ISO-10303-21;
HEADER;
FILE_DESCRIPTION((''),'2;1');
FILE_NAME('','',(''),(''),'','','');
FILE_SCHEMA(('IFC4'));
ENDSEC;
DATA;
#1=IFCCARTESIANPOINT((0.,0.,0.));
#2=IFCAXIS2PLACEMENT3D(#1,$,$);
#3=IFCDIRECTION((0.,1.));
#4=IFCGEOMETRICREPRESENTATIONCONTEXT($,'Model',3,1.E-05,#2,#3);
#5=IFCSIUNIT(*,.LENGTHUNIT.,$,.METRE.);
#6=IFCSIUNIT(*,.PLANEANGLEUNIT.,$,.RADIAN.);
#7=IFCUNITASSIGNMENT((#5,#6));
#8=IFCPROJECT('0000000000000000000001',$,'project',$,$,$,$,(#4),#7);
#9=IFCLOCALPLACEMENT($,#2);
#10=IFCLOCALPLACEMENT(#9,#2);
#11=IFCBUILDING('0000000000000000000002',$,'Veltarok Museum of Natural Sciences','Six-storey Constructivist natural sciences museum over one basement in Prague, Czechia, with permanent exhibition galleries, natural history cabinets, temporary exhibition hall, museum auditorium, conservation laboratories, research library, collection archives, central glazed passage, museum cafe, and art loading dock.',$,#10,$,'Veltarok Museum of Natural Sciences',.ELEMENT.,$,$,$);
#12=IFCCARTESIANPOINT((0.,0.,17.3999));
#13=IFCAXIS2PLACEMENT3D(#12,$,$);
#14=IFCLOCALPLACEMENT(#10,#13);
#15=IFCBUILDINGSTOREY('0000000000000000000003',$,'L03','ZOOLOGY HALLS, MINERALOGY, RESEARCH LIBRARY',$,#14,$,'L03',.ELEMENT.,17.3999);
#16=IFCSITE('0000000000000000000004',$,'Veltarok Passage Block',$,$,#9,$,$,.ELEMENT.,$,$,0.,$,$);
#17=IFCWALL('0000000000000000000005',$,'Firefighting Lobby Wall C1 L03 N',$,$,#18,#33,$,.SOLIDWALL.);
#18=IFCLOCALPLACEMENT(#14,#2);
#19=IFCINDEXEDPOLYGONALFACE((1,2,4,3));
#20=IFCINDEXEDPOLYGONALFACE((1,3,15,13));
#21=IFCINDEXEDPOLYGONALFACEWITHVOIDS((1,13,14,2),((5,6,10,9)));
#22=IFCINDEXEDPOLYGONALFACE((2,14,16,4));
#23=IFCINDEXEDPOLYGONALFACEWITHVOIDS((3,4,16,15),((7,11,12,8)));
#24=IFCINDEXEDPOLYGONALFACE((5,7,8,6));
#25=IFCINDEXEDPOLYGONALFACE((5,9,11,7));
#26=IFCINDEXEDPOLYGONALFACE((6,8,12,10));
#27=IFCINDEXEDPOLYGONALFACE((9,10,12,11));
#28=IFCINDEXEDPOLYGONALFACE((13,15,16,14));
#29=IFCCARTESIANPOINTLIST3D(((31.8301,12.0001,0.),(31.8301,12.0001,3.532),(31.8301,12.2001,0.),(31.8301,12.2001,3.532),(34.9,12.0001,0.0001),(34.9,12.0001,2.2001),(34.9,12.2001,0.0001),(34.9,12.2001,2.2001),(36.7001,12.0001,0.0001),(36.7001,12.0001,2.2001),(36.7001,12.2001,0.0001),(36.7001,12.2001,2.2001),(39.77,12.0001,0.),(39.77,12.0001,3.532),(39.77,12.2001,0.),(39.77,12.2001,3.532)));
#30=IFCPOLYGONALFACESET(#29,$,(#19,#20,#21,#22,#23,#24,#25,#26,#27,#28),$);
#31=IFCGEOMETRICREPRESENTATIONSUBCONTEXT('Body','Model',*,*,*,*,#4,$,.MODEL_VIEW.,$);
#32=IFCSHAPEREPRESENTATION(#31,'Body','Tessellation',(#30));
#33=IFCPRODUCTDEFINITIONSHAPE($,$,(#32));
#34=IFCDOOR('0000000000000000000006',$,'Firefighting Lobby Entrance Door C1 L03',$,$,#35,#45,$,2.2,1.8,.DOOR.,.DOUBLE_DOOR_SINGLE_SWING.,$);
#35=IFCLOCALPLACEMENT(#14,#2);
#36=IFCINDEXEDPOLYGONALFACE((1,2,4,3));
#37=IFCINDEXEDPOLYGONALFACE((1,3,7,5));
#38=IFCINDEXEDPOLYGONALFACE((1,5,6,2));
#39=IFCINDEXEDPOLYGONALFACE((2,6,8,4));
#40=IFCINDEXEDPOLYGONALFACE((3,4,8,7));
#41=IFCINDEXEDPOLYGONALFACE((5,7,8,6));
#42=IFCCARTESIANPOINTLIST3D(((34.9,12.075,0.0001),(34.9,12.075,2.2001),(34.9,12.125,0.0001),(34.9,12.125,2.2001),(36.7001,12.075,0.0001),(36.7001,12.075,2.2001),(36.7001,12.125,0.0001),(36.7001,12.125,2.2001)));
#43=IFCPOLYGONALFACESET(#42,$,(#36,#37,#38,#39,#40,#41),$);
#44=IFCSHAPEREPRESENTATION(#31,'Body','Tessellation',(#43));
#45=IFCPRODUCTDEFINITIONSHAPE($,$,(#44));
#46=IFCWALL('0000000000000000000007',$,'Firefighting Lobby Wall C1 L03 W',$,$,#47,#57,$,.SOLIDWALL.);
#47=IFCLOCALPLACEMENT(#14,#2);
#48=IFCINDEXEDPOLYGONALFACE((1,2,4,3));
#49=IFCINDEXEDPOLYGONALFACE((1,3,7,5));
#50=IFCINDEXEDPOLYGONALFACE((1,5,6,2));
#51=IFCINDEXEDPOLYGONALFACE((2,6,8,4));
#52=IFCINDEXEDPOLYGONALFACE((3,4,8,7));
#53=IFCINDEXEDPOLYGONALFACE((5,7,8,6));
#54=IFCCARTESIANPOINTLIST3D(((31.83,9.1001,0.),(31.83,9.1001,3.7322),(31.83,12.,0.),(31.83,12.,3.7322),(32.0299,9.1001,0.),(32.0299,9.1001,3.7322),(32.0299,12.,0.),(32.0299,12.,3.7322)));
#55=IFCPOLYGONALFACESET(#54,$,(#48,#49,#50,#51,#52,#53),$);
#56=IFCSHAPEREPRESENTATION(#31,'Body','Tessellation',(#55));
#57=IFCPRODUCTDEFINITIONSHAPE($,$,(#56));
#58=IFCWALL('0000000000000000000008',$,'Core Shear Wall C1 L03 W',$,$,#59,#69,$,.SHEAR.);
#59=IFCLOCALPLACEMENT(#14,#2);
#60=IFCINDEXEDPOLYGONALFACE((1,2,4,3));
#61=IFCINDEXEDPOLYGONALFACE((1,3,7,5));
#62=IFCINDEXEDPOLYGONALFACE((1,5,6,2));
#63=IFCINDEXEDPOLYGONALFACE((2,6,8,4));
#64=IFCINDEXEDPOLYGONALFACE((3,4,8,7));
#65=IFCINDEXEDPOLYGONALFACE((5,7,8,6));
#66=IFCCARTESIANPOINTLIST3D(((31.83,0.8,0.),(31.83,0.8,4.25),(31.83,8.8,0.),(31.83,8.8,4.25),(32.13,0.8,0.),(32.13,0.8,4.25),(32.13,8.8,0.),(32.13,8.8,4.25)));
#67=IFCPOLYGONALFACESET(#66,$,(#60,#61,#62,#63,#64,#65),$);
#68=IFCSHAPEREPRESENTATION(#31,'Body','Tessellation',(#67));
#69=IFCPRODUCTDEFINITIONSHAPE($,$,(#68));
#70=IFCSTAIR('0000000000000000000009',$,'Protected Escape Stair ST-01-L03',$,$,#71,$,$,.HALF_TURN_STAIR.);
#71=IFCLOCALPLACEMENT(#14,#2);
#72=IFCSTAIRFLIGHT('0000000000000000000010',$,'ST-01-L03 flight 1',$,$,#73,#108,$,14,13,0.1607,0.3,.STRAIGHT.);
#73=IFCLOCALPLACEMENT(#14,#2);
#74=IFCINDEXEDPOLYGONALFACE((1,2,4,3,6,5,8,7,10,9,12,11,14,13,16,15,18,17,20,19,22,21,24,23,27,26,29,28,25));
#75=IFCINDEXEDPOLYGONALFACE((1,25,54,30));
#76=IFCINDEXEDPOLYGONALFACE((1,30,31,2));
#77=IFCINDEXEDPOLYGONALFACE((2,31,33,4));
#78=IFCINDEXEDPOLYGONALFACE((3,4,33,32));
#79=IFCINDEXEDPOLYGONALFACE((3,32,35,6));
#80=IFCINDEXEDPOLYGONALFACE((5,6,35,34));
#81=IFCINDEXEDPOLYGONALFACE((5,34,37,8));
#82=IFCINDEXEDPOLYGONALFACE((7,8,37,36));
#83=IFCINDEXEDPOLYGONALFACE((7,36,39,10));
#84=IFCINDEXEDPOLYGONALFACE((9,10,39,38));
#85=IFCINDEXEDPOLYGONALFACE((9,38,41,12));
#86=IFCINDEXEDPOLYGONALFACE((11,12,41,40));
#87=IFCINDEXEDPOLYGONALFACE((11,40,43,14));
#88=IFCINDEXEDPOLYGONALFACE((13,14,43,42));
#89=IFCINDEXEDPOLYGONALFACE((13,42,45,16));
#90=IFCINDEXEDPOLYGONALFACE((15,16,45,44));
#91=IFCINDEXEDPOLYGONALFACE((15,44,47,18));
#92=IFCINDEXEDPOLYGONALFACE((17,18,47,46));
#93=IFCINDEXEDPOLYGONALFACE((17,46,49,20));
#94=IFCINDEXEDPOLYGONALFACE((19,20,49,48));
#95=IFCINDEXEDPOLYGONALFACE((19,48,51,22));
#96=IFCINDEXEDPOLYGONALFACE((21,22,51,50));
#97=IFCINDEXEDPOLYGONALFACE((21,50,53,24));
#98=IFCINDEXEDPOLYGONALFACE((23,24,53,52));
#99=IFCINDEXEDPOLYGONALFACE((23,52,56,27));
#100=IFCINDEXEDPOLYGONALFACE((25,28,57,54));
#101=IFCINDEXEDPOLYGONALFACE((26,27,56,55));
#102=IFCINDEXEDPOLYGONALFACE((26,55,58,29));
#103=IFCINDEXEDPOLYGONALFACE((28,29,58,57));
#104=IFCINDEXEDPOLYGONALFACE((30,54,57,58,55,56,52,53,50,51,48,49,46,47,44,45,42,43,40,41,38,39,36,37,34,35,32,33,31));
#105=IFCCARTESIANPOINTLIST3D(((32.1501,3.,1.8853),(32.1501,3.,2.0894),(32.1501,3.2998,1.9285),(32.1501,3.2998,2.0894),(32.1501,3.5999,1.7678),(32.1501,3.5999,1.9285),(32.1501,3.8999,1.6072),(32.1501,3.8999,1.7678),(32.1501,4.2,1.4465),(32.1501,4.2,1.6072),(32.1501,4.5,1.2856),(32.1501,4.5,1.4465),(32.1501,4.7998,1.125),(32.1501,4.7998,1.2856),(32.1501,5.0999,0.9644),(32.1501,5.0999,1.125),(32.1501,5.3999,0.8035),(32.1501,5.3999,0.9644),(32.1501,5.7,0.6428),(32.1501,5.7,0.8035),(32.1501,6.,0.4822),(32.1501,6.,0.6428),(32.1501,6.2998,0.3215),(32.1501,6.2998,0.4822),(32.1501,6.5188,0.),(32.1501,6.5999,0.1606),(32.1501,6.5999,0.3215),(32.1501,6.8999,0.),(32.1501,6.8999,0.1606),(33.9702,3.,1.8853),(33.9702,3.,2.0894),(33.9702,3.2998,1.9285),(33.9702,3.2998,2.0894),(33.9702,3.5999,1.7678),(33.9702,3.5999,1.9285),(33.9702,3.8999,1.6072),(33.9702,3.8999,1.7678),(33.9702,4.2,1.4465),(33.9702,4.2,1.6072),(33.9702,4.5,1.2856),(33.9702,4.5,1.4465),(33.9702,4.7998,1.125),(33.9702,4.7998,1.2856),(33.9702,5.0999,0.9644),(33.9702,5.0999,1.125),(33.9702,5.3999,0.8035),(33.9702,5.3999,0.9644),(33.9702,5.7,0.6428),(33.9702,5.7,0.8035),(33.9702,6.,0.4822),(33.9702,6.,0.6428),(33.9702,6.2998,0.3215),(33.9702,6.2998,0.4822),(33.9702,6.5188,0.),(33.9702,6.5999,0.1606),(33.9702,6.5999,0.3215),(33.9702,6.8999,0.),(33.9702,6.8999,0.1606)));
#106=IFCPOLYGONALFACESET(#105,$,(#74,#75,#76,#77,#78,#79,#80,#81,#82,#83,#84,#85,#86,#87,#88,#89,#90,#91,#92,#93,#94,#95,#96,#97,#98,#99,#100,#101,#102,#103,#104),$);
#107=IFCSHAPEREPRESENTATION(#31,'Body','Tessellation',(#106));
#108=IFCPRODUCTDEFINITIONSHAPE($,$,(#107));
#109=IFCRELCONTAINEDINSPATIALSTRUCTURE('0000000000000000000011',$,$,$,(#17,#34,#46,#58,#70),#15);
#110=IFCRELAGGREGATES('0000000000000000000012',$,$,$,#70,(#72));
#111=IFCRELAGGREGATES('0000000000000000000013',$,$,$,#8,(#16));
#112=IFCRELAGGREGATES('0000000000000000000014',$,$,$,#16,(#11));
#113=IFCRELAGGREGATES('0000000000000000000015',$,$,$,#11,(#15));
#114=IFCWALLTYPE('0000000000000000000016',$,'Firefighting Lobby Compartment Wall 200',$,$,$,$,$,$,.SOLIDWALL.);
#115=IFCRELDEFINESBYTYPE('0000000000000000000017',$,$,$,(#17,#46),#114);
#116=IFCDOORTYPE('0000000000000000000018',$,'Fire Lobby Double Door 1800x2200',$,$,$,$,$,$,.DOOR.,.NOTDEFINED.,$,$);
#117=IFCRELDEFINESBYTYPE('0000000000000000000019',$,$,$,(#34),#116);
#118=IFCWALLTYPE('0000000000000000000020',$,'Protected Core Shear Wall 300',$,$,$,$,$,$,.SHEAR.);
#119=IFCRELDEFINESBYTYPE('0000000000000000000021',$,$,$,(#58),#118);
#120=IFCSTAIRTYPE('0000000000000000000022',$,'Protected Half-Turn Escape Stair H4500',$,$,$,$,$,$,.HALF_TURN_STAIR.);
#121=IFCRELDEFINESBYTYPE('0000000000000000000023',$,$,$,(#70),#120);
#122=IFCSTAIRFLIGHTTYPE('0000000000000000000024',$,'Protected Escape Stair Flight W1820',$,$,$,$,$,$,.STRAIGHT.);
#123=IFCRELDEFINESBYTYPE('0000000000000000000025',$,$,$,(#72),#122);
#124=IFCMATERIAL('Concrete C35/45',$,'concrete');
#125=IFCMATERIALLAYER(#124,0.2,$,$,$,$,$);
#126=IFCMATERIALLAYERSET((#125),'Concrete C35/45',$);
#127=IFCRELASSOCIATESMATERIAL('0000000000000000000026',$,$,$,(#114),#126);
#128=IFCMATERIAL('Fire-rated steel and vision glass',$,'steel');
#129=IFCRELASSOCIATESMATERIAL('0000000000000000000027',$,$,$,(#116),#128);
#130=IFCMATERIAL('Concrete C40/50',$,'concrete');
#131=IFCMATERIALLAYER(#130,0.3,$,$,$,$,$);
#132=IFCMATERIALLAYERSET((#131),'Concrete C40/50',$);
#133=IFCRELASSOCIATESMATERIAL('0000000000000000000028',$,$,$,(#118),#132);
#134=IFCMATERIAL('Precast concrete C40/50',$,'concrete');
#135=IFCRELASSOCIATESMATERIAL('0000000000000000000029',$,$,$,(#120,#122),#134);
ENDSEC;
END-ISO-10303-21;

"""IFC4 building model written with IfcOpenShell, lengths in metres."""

from ifc_helpers import new_model, si_unit, direction, frame, frame_2d, origin, place, context, subcontext, project, spatial, polyline, rectangle, outline, extrude, material, layer, layer_set, type_object, element, fill, aggregate, save


model = new_model("IFC4")

# Units and contexts
model_context = context("Model", 3, precision=1e-05, world=origin(), true_north=direction((0.0, 1.0)))
body_context = subcontext(model_context, "Body", "Model", "MODEL_VIEW")
ifc_project = project(units=[si_unit("LENGTHUNIT", "METRE"), si_unit("PLANEANGLEUNIT", "RADIAN")], contexts=[model_context])

# Site, building, storey
site_placement = place(None, origin())
site = spatial("IfcSite", under=ifc_project, at=site_placement, Name="Veltarok Passage Block", CompositionType="ELEMENT", RefElevation=0.0)
building_placement = place(site_placement, origin())
building = spatial("IfcBuilding", under=site, at=building_placement, Name="Veltarok Museum of Natural Sciences", Description="Six-storey Constructivist natural sciences museum over one basement in Prague, Czechia, with permanent exhibition galleries, natural history cabinets, temporary exhibition hall, museum auditorium, conservation laboratories, research library, collection archives, central glazed passage, museum cafe, and art loading dock.", LongName="Veltarok Museum of Natural Sciences", CompositionType="ELEMENT")
storey_placement = place(building_placement, frame((0.0, 0.0, 17.3999)))
storey = spatial("IfcBuildingStorey", under=building, at=storey_placement, Name="L03", Description="ZOOLOGY HALLS, MINERALOGY, RESEARCH LIBRARY", LongName="L03", CompositionType="ELEMENT", Elevation=17.3999)

# Wall, opening, door
ifc_material_1 = material(Name="Concrete C35/45", Category="concrete")
ifc_layer_1 = layer(ifc_material_1, 0.2)
ifc_layer_set_1 = layer_set([ifc_layer_1], Name="Concrete C35/45")
wall_type_1 = type_object("IfcWallType", Name="Firefighting Lobby Compartment Wall 200", PredefinedType="SOLIDWALL", material=ifc_layer_set_1)
wall_1_placement = place(storey_placement, frame((31.8301, 12.1001, 0.0), z_axis=(0.0, 0.0, 1.0), x_axis=(1.0, 0.0, 0.0)))
wall_1 = element("IfcWall", 1, at=wall_1_placement, inside=storey, type_object=wall_type_1, Name="Firefighting Lobby Wall C1 L03 N", PredefinedType="SOLIDWALL", context=body_context, shape_type="SweptSolid", body=[
    extrude(rectangle(XDim=7.9399, YDim=0.2, at=frame_2d((3.97, 0.0))), origin(), (0.0, 0.0, 1.0), 3.532),
])
opening_1_placement = place(wall_1_placement, frame((3.0701, 0.0, 0.0)))
opening_1 = element("IfcOpeningElement", 2, at=opening_1_placement, cuts=wall_1, PredefinedType="OPENING", context=body_context, shape_type="SweptSolid", body=[
    extrude(rectangle(XDim=1.8, YDim=2.2, at=frame_2d((0.8999, 1.1001))), frame((0.0, 0.1099, 0.0), z_axis=(0.0, -1.0, 0.0), x_axis=(1.0, 0.0, 0.0)), (0.0, 0.0, 1.0), 0.22),
])
ifc_material_2 = material(Name="Fire-rated steel and vision glass", Category="steel")
door_type_1 = type_object("IfcDoorType", Name="Fire Lobby Double Door 1800x2200", OperationType="NOTDEFINED", PredefinedType="DOOR", material=ifc_material_2)
door_1_placement = place(opening_1_placement, origin())
door_1 = element("IfcDoor", 3, at=door_1_placement, inside=storey, type_object=door_type_1, Name="Firefighting Lobby Entrance Door C1 L03", OperationType="DOUBLE_DOOR_SINGLE_SWING", OverallHeight=2.2, OverallWidth=1.8, PredefinedType="DOOR", context=body_context, shape_type="SweptSolid", body=[
    extrude(rectangle(XDim=1.8, YDim=2.2, at=frame_2d((0.8999, 1.1001))), frame((0.0, 0.0249, 0.0), z_axis=(0.0, -1.0, 0.0), x_axis=(1.0, 0.0, 0.0)), (0.0, 0.0, 1.0), 0.05),
])
fill(opening_1, door_1)

# Walls
wall_2_placement = place(storey_placement, frame((31.9299, 9.1001, 0.0), z_axis=(0.0, 0.0, 1.0), x_axis=(0.0, 1.0, 0.0)))
element("IfcWall", 4, at=wall_2_placement, inside=storey, type_object=wall_type_1, Name="Firefighting Lobby Wall C1 L03 W", PredefinedType="SOLIDWALL", context=body_context, shape_type="SweptSolid", body=[
    extrude(rectangle(XDim=2.8999, YDim=0.2, at=frame_2d((1.45, 0.0))), origin(), (0.0, 0.0, 1.0), 3.7322),
])
ifc_material_3 = material(Name="Concrete C40/50", Category="concrete")
ifc_layer_2 = layer(ifc_material_3, 0.3)
ifc_layer_set_2 = layer_set([ifc_layer_2], Name="Concrete C40/50")
wall_type_2 = type_object("IfcWallType", Name="Protected Core Shear Wall 300", PredefinedType="SHEAR", material=ifc_layer_set_2)
wall_3_placement = place(storey_placement, frame((31.98, 8.8, 0.0), z_axis=(0.0, 0.0, 1.0), x_axis=(0.0, -1.0, 0.0)))
element("IfcWall", 5, at=wall_3_placement, inside=storey, type_object=wall_type_2, Name="Core Shear Wall C1 L03 W", PredefinedType="SHEAR", context=body_context, shape_type="SweptSolid", body=[
    extrude(rectangle(XDim=8.0, YDim=0.3, at=frame_2d((4.0, 0.0))), origin(), (0.0, 0.0, 1.0), 4.25),
])

# Stair, stair flight
ifc_material_4 = material(Name="Precast concrete C40/50", Category="concrete")
stair_type = type_object("IfcStairType", Name="Protected Half-Turn Escape Stair H4500", PredefinedType="HALF_TURN_STAIR", material=ifc_material_4)
stair_placement = place(storey_placement, origin())
stair = element("IfcStair", 6, at=stair_placement, inside=storey, type_object=stair_type, Name="Protected Escape Stair ST-01-L03", PredefinedType="HALF_TURN_STAIR")
stair_flight_type = type_object("IfcStairFlightType", Name="Protected Escape Stair Flight W1820", PredefinedType="STRAIGHT", material=ifc_material_4)
stair_flight_placement = place(storey_placement, frame((33.0601, 6.8999, 0.0), z_axis=(0.0, 0.0, 1.0), x_axis=(0.0, -1.0, 0.0)))
stair_flight = element("IfcStairFlight", 7, at=stair_flight_placement, type_object=stair_flight_type, Name="ST-01-L03 flight 1", NumberOfRisers=14, NumberOfTreads=13, PredefinedType="STRAIGHT", RiserHeight=0.1607, TreadLength=0.3, context=body_context, shape_type="SweptSolid", body=[
    extrude(outline(polyline([(0.0, 0.0), (0.0, 0.1606), (0.3, 0.1606), (0.3, 0.3215), (0.6001, 0.3215), (0.6001, 0.4822), (0.8999, 0.4822), (0.8999, 0.6428), (1.2, 0.6428), (1.2, 0.8035), (1.5, 0.8035), (1.5, 0.9644), (1.8, 0.9644), (1.8, 1.125), (2.1001, 1.125), (2.1001, 1.2856), (2.3999, 1.2856), (2.3999, 1.4465), (2.7, 1.4465), (2.7, 1.6072), (3.0, 1.6072), (3.0, 1.7678), (3.3, 1.7678), (3.3, 1.9285), (3.6001, 1.9285), (3.6001, 2.0894), (3.8999, 2.0894), (3.8999, 2.25), (3.8999, 1.8853), (0.3811, 0.0), (0.0, 0.0)])), frame((0.0, 0.9102, 0.0), z_axis=(0.0, -1.0, 0.0), x_axis=(1.0, 0.0, 0.0)), (0.0, 0.0, 1.0), 1.8201),
])
aggregate(stair, [stair_flight])

save(model, "model.ifc")
